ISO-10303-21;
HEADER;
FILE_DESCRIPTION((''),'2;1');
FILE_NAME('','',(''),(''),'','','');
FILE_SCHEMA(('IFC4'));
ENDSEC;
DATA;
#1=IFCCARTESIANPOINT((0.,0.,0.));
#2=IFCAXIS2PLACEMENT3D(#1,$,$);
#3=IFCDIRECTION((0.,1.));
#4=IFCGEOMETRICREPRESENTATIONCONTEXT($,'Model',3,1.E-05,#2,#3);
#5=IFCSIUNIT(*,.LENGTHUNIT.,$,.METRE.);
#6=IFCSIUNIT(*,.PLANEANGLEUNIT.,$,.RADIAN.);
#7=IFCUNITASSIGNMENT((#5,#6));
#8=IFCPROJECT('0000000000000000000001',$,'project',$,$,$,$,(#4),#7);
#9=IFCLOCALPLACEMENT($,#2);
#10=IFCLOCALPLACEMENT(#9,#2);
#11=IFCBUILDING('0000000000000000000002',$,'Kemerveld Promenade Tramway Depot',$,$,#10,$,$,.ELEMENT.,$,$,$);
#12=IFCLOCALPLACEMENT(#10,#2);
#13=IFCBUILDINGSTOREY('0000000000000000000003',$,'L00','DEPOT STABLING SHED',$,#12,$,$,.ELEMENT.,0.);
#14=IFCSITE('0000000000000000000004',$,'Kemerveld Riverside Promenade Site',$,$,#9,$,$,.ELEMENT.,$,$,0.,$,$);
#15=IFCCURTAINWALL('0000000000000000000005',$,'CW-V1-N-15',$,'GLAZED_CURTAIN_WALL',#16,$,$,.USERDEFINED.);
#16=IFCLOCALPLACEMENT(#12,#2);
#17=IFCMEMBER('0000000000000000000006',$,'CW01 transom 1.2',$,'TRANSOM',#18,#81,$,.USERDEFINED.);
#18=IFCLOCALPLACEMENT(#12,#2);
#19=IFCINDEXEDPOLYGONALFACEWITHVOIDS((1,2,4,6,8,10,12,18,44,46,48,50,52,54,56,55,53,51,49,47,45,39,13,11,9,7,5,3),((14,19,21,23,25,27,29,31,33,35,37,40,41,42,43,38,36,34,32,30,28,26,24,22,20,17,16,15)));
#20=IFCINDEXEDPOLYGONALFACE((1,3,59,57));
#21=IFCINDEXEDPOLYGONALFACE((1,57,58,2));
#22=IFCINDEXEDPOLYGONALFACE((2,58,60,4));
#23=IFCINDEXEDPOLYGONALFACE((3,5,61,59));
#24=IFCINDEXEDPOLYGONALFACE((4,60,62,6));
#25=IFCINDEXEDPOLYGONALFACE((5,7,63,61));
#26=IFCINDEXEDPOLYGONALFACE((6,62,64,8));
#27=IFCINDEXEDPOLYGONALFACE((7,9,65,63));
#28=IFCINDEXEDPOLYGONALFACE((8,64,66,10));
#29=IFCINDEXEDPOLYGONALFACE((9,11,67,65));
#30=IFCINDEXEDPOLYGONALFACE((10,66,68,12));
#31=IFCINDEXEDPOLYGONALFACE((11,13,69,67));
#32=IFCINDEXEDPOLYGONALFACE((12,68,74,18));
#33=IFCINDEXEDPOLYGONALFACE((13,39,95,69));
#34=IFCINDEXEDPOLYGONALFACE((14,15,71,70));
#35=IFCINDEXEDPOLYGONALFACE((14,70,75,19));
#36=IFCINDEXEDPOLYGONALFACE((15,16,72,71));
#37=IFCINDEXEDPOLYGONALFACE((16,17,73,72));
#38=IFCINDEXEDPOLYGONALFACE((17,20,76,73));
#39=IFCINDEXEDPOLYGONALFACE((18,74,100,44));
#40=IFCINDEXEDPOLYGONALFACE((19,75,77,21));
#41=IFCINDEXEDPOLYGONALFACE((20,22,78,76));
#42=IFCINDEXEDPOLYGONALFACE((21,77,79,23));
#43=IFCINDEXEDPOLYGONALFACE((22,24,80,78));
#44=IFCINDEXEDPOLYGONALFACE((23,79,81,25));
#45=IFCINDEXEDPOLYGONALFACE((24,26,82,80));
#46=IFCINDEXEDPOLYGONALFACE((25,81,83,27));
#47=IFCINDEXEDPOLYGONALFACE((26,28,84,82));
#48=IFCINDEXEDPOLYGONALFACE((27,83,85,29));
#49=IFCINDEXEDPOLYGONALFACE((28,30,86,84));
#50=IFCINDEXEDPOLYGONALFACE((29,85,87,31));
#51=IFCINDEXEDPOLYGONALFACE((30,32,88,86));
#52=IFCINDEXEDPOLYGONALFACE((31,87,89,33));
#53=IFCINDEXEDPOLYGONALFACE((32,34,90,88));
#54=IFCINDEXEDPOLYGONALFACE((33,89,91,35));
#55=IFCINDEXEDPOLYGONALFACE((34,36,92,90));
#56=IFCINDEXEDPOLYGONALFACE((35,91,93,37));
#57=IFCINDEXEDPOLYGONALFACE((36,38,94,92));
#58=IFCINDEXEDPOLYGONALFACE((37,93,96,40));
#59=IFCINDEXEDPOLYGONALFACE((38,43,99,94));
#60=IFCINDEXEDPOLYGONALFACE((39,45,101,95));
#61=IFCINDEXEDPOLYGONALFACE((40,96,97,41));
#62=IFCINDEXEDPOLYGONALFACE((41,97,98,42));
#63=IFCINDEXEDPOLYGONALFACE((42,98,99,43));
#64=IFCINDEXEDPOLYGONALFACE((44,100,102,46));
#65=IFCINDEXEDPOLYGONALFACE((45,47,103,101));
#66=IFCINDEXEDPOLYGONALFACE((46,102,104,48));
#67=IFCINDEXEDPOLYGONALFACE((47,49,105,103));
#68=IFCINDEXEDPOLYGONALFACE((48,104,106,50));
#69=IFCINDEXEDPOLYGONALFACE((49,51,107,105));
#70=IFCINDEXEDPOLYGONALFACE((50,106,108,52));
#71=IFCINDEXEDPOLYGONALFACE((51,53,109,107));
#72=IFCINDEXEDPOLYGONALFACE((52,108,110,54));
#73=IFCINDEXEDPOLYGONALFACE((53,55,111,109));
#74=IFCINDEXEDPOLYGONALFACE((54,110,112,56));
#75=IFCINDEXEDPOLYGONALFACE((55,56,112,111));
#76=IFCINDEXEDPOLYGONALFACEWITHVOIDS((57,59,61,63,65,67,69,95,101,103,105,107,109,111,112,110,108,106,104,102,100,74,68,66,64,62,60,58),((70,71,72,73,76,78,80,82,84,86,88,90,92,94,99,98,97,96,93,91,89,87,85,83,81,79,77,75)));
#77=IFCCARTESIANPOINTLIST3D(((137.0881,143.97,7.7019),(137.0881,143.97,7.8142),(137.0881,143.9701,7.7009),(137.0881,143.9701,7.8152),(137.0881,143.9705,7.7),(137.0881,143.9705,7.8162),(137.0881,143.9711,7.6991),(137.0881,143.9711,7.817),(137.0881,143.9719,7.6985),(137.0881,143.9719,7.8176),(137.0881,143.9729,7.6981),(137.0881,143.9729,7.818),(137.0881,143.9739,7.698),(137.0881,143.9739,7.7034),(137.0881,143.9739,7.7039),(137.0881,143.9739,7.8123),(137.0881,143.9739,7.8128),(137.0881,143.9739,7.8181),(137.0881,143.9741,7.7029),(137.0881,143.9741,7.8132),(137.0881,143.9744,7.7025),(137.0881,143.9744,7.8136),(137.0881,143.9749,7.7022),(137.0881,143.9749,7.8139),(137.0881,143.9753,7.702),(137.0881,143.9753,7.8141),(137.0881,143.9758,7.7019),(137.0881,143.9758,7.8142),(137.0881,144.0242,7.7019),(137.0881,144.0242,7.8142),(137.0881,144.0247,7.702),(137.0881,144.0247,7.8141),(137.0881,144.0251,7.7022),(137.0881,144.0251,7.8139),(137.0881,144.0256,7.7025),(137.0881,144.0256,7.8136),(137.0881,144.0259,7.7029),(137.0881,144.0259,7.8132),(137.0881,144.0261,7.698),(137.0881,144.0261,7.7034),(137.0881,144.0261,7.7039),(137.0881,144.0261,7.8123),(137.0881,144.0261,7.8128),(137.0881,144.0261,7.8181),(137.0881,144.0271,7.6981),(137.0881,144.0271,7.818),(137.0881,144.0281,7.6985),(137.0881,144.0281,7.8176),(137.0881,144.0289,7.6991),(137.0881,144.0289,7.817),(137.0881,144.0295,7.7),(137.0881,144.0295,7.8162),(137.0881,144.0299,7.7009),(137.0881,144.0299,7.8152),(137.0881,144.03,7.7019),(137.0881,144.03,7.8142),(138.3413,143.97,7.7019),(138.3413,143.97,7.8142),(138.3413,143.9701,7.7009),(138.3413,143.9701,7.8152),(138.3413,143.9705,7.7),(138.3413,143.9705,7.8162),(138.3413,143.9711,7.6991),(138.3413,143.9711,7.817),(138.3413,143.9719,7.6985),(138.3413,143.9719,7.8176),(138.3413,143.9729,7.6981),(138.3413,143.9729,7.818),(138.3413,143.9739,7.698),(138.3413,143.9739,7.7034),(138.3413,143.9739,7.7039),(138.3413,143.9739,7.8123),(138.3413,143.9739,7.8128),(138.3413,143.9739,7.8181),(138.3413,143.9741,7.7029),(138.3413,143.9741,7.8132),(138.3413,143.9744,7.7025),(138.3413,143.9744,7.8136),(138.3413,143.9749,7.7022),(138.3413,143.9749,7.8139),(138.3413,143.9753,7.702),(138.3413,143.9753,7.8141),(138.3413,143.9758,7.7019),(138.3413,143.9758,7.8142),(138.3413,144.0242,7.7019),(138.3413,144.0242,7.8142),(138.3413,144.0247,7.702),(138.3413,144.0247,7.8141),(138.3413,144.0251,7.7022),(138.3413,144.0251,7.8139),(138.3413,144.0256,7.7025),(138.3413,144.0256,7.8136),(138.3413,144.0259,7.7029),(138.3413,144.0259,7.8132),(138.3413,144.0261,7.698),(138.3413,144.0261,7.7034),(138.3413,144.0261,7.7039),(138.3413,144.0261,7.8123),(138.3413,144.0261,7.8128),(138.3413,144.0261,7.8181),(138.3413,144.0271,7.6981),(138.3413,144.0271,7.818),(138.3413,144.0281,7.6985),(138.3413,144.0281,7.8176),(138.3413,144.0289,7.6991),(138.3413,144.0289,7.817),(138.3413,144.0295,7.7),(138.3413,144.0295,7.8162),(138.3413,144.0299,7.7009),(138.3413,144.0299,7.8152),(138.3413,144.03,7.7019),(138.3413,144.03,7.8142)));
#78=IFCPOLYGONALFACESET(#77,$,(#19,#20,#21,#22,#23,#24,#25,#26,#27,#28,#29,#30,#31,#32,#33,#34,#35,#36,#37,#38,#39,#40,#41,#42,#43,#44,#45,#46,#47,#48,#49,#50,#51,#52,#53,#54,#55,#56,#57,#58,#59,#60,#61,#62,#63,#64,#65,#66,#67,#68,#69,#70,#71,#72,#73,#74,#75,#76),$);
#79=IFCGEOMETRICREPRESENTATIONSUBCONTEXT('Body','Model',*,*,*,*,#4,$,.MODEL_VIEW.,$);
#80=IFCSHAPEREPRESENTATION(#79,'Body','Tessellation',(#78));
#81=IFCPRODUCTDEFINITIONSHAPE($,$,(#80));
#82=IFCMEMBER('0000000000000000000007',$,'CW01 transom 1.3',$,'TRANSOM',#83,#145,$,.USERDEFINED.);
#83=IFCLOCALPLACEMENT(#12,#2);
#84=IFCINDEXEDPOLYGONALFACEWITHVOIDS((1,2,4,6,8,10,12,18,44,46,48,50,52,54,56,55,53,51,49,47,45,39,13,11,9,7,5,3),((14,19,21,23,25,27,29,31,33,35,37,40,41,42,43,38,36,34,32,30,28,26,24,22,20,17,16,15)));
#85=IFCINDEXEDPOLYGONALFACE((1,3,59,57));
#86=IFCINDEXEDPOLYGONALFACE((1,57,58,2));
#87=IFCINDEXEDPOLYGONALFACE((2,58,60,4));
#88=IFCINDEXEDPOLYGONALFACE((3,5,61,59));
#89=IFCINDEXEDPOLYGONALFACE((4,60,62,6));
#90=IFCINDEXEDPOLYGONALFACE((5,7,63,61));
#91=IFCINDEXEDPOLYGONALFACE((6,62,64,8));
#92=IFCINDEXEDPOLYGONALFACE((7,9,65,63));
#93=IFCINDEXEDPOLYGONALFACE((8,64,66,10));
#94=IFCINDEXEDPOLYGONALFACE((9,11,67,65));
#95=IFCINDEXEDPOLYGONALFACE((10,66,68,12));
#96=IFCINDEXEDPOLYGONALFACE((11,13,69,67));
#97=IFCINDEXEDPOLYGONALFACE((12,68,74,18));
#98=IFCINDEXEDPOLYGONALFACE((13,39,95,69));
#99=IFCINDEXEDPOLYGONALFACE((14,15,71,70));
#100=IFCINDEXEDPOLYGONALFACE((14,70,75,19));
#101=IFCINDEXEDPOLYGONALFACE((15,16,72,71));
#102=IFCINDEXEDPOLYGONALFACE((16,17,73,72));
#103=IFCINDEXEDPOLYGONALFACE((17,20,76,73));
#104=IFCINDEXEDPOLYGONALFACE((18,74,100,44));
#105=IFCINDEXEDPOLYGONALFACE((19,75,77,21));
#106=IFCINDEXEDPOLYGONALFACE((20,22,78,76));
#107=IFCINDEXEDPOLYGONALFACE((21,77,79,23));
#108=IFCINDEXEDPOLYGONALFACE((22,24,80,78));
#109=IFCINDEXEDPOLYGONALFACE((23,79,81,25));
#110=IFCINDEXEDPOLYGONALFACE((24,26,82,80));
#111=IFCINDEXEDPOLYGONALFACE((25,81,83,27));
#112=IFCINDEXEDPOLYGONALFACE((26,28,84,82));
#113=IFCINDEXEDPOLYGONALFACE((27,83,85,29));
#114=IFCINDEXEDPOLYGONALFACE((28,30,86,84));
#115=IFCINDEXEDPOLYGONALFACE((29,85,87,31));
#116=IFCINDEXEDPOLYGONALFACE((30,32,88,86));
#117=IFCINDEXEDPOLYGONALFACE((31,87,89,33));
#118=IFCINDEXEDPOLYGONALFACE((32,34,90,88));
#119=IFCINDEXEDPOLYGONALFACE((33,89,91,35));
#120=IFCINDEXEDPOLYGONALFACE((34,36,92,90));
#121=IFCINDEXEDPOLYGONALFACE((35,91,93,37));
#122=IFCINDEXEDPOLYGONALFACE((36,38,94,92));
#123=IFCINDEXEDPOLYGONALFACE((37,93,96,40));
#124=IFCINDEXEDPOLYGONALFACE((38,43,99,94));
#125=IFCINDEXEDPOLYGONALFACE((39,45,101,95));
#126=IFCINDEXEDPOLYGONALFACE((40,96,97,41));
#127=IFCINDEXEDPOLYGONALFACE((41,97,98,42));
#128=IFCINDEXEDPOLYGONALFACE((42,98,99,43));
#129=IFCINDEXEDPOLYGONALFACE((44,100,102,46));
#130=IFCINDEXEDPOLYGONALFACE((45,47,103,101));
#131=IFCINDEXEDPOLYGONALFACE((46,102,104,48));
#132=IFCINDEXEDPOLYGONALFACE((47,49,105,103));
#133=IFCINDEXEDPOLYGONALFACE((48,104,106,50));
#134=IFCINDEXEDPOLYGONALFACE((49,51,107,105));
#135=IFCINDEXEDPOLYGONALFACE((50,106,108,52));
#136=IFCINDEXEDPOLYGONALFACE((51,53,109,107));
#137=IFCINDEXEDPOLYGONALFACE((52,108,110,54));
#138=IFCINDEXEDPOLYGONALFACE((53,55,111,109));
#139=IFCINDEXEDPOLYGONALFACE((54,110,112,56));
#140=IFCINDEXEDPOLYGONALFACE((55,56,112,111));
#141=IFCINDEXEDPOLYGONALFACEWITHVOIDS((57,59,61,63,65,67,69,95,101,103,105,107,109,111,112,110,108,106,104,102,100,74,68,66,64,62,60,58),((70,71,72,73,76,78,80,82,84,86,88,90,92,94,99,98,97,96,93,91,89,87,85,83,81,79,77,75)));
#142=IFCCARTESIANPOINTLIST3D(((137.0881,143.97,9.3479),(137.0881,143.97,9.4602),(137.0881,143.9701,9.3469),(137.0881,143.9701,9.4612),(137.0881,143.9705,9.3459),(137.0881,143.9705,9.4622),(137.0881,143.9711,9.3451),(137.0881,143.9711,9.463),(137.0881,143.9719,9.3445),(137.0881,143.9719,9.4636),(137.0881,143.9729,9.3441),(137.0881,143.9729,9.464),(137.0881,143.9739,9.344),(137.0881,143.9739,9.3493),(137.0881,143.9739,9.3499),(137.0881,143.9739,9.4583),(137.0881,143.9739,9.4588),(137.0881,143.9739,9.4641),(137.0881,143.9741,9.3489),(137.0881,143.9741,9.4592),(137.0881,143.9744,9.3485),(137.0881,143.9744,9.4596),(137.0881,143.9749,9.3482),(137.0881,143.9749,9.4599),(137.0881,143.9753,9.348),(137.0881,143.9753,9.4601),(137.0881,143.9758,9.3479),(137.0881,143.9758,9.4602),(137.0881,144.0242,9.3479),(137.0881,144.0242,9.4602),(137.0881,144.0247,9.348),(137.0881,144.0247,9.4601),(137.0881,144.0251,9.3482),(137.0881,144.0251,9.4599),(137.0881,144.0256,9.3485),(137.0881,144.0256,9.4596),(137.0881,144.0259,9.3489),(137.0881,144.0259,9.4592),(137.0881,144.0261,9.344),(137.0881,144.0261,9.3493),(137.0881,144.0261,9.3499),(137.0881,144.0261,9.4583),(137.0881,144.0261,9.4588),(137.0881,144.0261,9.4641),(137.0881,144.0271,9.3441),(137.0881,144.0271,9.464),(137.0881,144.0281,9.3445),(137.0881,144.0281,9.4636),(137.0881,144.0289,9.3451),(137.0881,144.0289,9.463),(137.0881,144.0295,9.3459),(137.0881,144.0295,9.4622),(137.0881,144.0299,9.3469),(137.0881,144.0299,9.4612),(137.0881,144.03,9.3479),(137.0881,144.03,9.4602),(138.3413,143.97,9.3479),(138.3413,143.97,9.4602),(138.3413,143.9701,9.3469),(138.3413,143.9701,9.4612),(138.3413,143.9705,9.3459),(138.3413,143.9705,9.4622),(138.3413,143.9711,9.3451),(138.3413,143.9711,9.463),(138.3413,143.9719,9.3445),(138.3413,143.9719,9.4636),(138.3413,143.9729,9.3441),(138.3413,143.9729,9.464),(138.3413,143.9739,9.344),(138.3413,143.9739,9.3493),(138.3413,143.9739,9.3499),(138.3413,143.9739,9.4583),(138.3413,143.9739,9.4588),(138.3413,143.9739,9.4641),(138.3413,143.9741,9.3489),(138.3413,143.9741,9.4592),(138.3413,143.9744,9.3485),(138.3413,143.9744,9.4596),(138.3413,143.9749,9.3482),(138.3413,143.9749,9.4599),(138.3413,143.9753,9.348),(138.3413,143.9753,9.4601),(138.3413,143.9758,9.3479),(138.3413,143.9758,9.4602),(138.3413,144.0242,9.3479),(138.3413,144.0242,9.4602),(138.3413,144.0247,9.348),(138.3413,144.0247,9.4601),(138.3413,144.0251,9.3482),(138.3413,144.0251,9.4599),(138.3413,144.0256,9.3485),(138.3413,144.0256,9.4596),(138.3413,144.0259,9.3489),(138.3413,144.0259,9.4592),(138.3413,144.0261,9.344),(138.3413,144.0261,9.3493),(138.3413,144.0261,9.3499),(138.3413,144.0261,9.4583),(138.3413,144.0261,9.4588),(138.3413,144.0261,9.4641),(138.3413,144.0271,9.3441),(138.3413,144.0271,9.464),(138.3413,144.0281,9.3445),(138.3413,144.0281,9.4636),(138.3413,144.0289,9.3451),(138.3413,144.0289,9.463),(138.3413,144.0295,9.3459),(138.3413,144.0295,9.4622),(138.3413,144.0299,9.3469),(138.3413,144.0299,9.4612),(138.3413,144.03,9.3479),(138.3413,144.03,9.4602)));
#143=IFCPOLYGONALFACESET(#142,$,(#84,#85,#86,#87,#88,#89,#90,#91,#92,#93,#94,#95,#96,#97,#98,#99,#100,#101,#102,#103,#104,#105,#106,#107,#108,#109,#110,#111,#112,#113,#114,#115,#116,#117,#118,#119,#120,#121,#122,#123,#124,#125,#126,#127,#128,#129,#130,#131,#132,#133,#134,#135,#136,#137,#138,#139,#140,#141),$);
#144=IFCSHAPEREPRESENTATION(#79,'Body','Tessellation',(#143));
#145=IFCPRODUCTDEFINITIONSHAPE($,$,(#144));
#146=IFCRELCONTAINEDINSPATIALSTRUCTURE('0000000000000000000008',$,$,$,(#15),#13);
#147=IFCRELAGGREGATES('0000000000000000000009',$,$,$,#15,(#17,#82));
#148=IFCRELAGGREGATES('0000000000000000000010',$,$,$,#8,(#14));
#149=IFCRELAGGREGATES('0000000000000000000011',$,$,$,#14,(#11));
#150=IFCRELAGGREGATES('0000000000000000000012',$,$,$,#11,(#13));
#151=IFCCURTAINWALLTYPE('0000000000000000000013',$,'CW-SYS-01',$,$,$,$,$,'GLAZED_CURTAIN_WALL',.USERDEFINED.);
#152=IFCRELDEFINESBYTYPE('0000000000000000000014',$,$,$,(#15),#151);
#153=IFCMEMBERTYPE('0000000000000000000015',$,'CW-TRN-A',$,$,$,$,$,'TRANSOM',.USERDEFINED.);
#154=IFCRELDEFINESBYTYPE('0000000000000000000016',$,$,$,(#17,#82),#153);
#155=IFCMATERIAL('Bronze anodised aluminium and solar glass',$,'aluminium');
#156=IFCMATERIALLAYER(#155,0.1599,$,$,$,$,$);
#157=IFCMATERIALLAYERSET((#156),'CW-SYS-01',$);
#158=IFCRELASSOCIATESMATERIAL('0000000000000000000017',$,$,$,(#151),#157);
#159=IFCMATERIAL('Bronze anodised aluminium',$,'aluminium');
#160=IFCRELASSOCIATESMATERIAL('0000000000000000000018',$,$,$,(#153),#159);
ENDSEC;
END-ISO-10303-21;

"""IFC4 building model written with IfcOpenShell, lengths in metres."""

from ifc_helpers import new_model, si_unit, direction, frame, origin, origin_2d, place, context, subcontext, project, spatial, hollow_rectangle, extrude, material, layer, layer_set, material_profile, profile_set, type_object, element, aggregate, save


model = new_model("IFC4")

# Units and contexts
model_context = context("Model", 3, precision=1e-05, world=origin(), true_north=direction((0.0, 1.0)))
body_context = subcontext(model_context, "Body", "Model", "MODEL_VIEW")
ifc_project = project(units=[si_unit("LENGTHUNIT", "METRE"), si_unit("PLANEANGLEUNIT", "RADIAN")], contexts=[model_context])

# Site, building, storey
site_placement = place(None, origin())
site = spatial("IfcSite", under=ifc_project, at=site_placement, Name="Kemerveld Riverside Promenade Site", CompositionType="ELEMENT", RefElevation=0.0)
building_placement = place(site_placement, origin())
building = spatial("IfcBuilding", under=site, at=building_placement, Name="Kemerveld Promenade Tramway Depot", CompositionType="ELEMENT")
storey_placement = place(building_placement, origin())
storey = spatial("IfcBuildingStorey", under=building, at=storey_placement, Name="L00", Description="DEPOT STABLING SHED", CompositionType="ELEMENT", Elevation=0.0)

# Curtain wall
ifc_material_1 = material(Name="Bronze anodised aluminium and solar glass", Category="aluminium")
ifc_layer_1 = layer(ifc_material_1, 0.1599)
ifc_layer_set_1 = layer_set([ifc_layer_1], Name="CW-SYS-01")
curtain_wall_type_1 = type_object("IfcCurtainWallType", Name="CW-SYS-01", ElementType="GLAZED_CURTAIN_WALL", PredefinedType="USERDEFINED", material=ifc_layer_set_1)
curtain_wall_1_placement = place(storey_placement, origin())
curtain_wall_1 = element("IfcCurtainWall", 1, at=curtain_wall_1_placement, inside=storey, type_object=curtain_wall_type_1, Name="CW-V1-N-15", ObjectType="GLAZED_CURTAIN_WALL", PredefinedType="USERDEFINED")
ifc_material_2 = material(Name="Bronze anodised aluminium", Category="aluminium")

# Members
ifc_material_profile_1 = material_profile(ifc_material_2, hollow_rectangle(XDim=0.0601, YDim=0.1201, WallThickness=0.0039, InnerFilletRadius=0.002, OuterFilletRadius=0.0039, at=origin_2d()), Name="CW-TRN-120x60")
ifc_profile_set_1 = profile_set([ifc_material_profile_1], Name="Bronze anodised aluminium")
member_type_1 = type_object("IfcMemberType", Name="CW-TRN-A", ElementType="TRANSOM", PredefinedType="USERDEFINED", material=ifc_profile_set_1)
member_1_placement = place(storey_placement, frame((137.0881, 144.0, 7.7581), z_axis=(1.0, 0.0, 0.0), x_axis=(0.0, 1.0, 0.0)))
member_1 = element("IfcMember", 2, at=member_1_placement, type_object=member_type_1, Name="CW01 transom 1.2", ObjectType="TRANSOM", PredefinedType="USERDEFINED", context=body_context, shape_type="SweptSolid", body=[
    extrude(hollow_rectangle(XDim=0.0601, YDim=0.1201, WallThickness=0.0039, InnerFilletRadius=0.002, OuterFilletRadius=0.0039, at=origin_2d()), origin(), (0.0, 0.0, 1.0), 1.2532),
])
member_2_placement = place(storey_placement, frame((137.0881, 144.0, 9.4041), z_axis=(1.0, 0.0, 0.0), x_axis=(0.0, 1.0, 0.0)))
member_2 = element("IfcMember", 3, at=member_2_placement, type_object=member_type_1, Name="CW01 transom 1.3", ObjectType="TRANSOM", PredefinedType="USERDEFINED", context=body_context, shape_type="SweptSolid", body=[
    extrude(hollow_rectangle(XDim=0.0601, YDim=0.1201, WallThickness=0.0039, InnerFilletRadius=0.002, OuterFilletRadius=0.0039, at=origin_2d()), origin(), (0.0, 0.0, 1.0), 1.2532),
])

aggregate(curtain_wall_1, [member_1, member_2])

save(model, "model.ifc")
